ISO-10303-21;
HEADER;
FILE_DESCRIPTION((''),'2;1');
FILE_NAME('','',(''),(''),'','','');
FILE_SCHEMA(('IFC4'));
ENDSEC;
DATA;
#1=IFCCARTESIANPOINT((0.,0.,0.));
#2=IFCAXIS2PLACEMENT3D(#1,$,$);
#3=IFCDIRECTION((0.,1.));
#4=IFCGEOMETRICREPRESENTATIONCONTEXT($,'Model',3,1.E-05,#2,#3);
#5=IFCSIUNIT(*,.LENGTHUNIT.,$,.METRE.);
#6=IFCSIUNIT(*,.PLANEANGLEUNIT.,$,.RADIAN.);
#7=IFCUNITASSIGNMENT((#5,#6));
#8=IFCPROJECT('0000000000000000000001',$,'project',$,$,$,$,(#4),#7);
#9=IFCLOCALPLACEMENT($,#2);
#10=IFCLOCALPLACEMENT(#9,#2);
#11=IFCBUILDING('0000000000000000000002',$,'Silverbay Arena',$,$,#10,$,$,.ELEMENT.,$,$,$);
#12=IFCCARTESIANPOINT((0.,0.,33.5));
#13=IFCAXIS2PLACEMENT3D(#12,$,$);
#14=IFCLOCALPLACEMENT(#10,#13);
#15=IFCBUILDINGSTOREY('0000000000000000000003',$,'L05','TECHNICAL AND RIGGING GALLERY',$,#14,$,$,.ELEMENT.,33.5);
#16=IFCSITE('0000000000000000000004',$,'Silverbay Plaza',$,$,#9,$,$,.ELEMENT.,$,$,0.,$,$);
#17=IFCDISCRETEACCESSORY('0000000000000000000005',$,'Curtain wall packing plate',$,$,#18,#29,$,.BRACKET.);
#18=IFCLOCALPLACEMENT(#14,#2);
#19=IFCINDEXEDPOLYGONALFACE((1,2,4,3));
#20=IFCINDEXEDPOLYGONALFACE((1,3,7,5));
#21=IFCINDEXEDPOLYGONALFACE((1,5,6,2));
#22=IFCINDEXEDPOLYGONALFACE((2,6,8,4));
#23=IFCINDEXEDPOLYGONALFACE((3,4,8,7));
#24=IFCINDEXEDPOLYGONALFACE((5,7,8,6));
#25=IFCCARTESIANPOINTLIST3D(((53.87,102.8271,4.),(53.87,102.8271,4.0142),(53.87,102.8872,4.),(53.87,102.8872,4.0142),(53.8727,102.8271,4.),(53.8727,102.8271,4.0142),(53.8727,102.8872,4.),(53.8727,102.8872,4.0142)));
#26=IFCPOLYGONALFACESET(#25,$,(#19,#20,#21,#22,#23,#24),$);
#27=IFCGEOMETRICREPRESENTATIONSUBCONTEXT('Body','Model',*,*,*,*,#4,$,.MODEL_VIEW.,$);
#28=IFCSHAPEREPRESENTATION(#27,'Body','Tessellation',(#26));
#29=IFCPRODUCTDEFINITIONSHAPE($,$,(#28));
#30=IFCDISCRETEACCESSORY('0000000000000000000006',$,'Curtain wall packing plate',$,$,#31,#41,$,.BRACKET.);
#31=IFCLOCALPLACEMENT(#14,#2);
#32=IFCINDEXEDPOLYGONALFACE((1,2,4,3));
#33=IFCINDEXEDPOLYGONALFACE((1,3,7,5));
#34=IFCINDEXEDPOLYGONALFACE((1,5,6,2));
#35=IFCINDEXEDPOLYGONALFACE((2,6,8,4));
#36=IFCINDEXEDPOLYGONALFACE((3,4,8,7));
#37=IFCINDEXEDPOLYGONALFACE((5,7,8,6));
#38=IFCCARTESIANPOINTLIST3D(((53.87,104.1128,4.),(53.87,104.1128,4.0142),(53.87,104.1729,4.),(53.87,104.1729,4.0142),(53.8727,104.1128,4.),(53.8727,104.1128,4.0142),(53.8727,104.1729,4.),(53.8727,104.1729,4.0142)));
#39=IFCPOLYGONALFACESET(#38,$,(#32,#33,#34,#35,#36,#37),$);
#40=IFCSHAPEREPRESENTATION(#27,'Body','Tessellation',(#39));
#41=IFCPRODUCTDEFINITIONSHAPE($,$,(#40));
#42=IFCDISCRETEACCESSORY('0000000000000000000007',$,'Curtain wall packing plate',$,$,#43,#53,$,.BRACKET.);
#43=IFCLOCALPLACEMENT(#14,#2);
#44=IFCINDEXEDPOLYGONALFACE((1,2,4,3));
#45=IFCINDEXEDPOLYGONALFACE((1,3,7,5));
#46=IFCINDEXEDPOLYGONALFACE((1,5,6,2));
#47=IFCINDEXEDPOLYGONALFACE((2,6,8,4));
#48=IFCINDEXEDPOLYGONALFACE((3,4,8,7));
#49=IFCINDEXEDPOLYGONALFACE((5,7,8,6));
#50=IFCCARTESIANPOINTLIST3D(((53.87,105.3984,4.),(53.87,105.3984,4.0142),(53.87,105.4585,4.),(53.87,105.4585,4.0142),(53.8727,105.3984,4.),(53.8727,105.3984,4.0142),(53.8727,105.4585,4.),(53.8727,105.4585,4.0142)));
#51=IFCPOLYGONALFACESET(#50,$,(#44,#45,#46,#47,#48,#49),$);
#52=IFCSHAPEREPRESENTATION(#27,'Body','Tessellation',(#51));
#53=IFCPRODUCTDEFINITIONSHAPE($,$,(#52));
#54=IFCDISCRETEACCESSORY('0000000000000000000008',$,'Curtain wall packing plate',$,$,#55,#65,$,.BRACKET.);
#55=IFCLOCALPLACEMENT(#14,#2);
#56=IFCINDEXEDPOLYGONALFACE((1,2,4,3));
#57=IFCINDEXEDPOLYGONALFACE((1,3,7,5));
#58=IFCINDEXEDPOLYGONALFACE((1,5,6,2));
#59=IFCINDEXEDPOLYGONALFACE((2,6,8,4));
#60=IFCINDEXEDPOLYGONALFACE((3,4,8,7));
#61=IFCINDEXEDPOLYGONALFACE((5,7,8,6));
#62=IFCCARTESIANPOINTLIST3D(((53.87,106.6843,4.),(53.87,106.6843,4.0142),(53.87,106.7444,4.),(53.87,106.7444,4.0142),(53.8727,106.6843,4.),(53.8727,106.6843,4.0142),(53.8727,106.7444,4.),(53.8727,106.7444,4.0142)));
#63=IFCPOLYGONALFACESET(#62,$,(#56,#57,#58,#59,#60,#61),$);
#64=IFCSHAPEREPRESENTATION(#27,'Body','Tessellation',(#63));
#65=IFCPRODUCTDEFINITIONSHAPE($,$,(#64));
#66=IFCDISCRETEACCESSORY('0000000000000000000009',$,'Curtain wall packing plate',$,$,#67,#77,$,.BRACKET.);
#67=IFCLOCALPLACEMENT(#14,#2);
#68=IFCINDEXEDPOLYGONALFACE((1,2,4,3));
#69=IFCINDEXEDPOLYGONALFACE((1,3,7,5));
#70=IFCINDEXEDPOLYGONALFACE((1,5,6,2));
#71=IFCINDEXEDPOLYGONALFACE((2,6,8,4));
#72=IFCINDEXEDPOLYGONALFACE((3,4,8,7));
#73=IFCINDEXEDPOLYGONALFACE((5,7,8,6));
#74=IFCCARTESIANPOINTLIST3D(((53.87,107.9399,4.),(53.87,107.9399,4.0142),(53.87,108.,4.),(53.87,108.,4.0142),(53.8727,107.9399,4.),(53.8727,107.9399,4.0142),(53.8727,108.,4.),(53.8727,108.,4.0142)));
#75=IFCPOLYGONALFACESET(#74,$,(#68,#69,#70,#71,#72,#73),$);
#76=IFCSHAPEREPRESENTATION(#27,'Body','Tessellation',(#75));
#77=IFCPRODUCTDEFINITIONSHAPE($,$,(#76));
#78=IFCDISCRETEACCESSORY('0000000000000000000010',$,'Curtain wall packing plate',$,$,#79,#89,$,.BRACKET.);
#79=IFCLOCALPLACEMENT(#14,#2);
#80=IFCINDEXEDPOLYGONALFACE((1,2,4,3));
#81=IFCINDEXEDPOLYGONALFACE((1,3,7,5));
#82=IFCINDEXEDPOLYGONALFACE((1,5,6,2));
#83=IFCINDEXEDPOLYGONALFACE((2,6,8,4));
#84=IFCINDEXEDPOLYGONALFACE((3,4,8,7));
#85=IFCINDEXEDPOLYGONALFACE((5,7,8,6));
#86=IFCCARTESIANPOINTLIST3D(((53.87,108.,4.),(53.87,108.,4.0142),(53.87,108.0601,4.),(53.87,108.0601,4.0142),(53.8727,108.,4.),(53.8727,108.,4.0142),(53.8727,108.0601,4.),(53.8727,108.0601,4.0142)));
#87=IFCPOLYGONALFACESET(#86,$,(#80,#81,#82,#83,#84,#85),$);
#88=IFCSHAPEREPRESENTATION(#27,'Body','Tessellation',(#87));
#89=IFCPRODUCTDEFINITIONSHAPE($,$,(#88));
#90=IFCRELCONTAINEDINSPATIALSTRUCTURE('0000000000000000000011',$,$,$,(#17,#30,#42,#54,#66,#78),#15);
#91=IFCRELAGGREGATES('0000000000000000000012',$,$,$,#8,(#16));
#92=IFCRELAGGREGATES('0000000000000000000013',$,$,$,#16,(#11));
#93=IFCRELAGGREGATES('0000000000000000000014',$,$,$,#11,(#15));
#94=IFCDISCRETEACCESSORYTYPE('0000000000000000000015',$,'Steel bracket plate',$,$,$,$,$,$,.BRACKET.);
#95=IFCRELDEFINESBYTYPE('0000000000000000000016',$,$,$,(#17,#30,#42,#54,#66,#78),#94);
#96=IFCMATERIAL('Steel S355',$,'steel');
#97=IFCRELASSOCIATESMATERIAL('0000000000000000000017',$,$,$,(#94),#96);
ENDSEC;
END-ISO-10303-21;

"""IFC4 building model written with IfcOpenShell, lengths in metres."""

from ifc_helpers import new_model, si_unit, direction, frame, origin, origin_2d, place, context, subcontext, project, spatial, rectangle, extrude, material, type_object, element, save


model = new_model("IFC4")

# Units and contexts
model_context = context("Model", 3, precision=1e-05, world=origin(), true_north=direction((0.0, 1.0)))
body_context = subcontext(model_context, "Body", "Model", "MODEL_VIEW")
ifc_project = project(units=[si_unit("LENGTHUNIT", "METRE"), si_unit("PLANEANGLEUNIT", "RADIAN")], contexts=[model_context])

# Site, building, storey
site_placement = place(None, origin())
site = spatial("IfcSite", under=ifc_project, at=site_placement, Name="Silverbay Plaza", CompositionType="ELEMENT", RefElevation=0.0)
building_placement = place(site_placement, origin())
building = spatial("IfcBuilding", under=site, at=building_placement, Name="Silverbay Arena", CompositionType="ELEMENT")
storey_placement = place(building_placement, frame((0.0, 0.0, 33.5)))
storey = spatial("IfcBuildingStorey", under=building, at=storey_placement, Name="L05", Description="TECHNICAL AND RIGGING GALLERY", CompositionType="ELEMENT", Elevation=33.5)

# Discrete accessories
ifc_material_1 = material(Name="Steel S355", Category="steel")
discrete_accessory_type = type_object("IfcDiscreteAccessoryType", Name="Steel bracket plate", PredefinedType="BRACKET", material=ifc_material_1)
for number, where, z_axis, x_axis, name in (
    (1, (53.8713, 102.8572, 4.0), (0.0, 0.0, 1.0), (1.0, 0.0, 0.0), "Curtain wall packing plate"),
    (2, (53.8713, 104.1428, 4.0), (0.0, 0.0, 1.0), (1.0, 0.0, 0.0), "Curtain wall packing plate"),
    (3, (53.8713, 105.4285, 4.0), (0.0, 0.0, 1.0), (1.0, 0.0, 0.0), "Curtain wall packing plate"),
    (4, (53.8713, 106.7144, 4.0), (0.0, 0.0, 1.0), (1.0, 0.0, 0.0), "Curtain wall packing plate"),
    (5, (53.8713, 107.97, 4.0), (0.0, 0.0, 1.0), (1.0, 0.0, 0.0), "Curtain wall packing plate"),
    (6, (53.8713, 108.03, 4.0), (0.0, 0.0, 1.0), (1.0, 0.0, 0.0), "Curtain wall packing plate"),
):
    element("IfcDiscreteAccessory", number, at=place(storey_placement, frame(where, z_axis=z_axis, x_axis=x_axis)), inside=storey, type_object=discrete_accessory_type, Name=name, PredefinedType="BRACKET", context=body_context, shape_type="SweptSolid", body=[
        extrude(rectangle(XDim=0.0027, YDim=0.0601, at=origin_2d()), origin(), (0.0, 0.0, 1.0), 0.0142),
    ])

save(model, "model.ifc")
